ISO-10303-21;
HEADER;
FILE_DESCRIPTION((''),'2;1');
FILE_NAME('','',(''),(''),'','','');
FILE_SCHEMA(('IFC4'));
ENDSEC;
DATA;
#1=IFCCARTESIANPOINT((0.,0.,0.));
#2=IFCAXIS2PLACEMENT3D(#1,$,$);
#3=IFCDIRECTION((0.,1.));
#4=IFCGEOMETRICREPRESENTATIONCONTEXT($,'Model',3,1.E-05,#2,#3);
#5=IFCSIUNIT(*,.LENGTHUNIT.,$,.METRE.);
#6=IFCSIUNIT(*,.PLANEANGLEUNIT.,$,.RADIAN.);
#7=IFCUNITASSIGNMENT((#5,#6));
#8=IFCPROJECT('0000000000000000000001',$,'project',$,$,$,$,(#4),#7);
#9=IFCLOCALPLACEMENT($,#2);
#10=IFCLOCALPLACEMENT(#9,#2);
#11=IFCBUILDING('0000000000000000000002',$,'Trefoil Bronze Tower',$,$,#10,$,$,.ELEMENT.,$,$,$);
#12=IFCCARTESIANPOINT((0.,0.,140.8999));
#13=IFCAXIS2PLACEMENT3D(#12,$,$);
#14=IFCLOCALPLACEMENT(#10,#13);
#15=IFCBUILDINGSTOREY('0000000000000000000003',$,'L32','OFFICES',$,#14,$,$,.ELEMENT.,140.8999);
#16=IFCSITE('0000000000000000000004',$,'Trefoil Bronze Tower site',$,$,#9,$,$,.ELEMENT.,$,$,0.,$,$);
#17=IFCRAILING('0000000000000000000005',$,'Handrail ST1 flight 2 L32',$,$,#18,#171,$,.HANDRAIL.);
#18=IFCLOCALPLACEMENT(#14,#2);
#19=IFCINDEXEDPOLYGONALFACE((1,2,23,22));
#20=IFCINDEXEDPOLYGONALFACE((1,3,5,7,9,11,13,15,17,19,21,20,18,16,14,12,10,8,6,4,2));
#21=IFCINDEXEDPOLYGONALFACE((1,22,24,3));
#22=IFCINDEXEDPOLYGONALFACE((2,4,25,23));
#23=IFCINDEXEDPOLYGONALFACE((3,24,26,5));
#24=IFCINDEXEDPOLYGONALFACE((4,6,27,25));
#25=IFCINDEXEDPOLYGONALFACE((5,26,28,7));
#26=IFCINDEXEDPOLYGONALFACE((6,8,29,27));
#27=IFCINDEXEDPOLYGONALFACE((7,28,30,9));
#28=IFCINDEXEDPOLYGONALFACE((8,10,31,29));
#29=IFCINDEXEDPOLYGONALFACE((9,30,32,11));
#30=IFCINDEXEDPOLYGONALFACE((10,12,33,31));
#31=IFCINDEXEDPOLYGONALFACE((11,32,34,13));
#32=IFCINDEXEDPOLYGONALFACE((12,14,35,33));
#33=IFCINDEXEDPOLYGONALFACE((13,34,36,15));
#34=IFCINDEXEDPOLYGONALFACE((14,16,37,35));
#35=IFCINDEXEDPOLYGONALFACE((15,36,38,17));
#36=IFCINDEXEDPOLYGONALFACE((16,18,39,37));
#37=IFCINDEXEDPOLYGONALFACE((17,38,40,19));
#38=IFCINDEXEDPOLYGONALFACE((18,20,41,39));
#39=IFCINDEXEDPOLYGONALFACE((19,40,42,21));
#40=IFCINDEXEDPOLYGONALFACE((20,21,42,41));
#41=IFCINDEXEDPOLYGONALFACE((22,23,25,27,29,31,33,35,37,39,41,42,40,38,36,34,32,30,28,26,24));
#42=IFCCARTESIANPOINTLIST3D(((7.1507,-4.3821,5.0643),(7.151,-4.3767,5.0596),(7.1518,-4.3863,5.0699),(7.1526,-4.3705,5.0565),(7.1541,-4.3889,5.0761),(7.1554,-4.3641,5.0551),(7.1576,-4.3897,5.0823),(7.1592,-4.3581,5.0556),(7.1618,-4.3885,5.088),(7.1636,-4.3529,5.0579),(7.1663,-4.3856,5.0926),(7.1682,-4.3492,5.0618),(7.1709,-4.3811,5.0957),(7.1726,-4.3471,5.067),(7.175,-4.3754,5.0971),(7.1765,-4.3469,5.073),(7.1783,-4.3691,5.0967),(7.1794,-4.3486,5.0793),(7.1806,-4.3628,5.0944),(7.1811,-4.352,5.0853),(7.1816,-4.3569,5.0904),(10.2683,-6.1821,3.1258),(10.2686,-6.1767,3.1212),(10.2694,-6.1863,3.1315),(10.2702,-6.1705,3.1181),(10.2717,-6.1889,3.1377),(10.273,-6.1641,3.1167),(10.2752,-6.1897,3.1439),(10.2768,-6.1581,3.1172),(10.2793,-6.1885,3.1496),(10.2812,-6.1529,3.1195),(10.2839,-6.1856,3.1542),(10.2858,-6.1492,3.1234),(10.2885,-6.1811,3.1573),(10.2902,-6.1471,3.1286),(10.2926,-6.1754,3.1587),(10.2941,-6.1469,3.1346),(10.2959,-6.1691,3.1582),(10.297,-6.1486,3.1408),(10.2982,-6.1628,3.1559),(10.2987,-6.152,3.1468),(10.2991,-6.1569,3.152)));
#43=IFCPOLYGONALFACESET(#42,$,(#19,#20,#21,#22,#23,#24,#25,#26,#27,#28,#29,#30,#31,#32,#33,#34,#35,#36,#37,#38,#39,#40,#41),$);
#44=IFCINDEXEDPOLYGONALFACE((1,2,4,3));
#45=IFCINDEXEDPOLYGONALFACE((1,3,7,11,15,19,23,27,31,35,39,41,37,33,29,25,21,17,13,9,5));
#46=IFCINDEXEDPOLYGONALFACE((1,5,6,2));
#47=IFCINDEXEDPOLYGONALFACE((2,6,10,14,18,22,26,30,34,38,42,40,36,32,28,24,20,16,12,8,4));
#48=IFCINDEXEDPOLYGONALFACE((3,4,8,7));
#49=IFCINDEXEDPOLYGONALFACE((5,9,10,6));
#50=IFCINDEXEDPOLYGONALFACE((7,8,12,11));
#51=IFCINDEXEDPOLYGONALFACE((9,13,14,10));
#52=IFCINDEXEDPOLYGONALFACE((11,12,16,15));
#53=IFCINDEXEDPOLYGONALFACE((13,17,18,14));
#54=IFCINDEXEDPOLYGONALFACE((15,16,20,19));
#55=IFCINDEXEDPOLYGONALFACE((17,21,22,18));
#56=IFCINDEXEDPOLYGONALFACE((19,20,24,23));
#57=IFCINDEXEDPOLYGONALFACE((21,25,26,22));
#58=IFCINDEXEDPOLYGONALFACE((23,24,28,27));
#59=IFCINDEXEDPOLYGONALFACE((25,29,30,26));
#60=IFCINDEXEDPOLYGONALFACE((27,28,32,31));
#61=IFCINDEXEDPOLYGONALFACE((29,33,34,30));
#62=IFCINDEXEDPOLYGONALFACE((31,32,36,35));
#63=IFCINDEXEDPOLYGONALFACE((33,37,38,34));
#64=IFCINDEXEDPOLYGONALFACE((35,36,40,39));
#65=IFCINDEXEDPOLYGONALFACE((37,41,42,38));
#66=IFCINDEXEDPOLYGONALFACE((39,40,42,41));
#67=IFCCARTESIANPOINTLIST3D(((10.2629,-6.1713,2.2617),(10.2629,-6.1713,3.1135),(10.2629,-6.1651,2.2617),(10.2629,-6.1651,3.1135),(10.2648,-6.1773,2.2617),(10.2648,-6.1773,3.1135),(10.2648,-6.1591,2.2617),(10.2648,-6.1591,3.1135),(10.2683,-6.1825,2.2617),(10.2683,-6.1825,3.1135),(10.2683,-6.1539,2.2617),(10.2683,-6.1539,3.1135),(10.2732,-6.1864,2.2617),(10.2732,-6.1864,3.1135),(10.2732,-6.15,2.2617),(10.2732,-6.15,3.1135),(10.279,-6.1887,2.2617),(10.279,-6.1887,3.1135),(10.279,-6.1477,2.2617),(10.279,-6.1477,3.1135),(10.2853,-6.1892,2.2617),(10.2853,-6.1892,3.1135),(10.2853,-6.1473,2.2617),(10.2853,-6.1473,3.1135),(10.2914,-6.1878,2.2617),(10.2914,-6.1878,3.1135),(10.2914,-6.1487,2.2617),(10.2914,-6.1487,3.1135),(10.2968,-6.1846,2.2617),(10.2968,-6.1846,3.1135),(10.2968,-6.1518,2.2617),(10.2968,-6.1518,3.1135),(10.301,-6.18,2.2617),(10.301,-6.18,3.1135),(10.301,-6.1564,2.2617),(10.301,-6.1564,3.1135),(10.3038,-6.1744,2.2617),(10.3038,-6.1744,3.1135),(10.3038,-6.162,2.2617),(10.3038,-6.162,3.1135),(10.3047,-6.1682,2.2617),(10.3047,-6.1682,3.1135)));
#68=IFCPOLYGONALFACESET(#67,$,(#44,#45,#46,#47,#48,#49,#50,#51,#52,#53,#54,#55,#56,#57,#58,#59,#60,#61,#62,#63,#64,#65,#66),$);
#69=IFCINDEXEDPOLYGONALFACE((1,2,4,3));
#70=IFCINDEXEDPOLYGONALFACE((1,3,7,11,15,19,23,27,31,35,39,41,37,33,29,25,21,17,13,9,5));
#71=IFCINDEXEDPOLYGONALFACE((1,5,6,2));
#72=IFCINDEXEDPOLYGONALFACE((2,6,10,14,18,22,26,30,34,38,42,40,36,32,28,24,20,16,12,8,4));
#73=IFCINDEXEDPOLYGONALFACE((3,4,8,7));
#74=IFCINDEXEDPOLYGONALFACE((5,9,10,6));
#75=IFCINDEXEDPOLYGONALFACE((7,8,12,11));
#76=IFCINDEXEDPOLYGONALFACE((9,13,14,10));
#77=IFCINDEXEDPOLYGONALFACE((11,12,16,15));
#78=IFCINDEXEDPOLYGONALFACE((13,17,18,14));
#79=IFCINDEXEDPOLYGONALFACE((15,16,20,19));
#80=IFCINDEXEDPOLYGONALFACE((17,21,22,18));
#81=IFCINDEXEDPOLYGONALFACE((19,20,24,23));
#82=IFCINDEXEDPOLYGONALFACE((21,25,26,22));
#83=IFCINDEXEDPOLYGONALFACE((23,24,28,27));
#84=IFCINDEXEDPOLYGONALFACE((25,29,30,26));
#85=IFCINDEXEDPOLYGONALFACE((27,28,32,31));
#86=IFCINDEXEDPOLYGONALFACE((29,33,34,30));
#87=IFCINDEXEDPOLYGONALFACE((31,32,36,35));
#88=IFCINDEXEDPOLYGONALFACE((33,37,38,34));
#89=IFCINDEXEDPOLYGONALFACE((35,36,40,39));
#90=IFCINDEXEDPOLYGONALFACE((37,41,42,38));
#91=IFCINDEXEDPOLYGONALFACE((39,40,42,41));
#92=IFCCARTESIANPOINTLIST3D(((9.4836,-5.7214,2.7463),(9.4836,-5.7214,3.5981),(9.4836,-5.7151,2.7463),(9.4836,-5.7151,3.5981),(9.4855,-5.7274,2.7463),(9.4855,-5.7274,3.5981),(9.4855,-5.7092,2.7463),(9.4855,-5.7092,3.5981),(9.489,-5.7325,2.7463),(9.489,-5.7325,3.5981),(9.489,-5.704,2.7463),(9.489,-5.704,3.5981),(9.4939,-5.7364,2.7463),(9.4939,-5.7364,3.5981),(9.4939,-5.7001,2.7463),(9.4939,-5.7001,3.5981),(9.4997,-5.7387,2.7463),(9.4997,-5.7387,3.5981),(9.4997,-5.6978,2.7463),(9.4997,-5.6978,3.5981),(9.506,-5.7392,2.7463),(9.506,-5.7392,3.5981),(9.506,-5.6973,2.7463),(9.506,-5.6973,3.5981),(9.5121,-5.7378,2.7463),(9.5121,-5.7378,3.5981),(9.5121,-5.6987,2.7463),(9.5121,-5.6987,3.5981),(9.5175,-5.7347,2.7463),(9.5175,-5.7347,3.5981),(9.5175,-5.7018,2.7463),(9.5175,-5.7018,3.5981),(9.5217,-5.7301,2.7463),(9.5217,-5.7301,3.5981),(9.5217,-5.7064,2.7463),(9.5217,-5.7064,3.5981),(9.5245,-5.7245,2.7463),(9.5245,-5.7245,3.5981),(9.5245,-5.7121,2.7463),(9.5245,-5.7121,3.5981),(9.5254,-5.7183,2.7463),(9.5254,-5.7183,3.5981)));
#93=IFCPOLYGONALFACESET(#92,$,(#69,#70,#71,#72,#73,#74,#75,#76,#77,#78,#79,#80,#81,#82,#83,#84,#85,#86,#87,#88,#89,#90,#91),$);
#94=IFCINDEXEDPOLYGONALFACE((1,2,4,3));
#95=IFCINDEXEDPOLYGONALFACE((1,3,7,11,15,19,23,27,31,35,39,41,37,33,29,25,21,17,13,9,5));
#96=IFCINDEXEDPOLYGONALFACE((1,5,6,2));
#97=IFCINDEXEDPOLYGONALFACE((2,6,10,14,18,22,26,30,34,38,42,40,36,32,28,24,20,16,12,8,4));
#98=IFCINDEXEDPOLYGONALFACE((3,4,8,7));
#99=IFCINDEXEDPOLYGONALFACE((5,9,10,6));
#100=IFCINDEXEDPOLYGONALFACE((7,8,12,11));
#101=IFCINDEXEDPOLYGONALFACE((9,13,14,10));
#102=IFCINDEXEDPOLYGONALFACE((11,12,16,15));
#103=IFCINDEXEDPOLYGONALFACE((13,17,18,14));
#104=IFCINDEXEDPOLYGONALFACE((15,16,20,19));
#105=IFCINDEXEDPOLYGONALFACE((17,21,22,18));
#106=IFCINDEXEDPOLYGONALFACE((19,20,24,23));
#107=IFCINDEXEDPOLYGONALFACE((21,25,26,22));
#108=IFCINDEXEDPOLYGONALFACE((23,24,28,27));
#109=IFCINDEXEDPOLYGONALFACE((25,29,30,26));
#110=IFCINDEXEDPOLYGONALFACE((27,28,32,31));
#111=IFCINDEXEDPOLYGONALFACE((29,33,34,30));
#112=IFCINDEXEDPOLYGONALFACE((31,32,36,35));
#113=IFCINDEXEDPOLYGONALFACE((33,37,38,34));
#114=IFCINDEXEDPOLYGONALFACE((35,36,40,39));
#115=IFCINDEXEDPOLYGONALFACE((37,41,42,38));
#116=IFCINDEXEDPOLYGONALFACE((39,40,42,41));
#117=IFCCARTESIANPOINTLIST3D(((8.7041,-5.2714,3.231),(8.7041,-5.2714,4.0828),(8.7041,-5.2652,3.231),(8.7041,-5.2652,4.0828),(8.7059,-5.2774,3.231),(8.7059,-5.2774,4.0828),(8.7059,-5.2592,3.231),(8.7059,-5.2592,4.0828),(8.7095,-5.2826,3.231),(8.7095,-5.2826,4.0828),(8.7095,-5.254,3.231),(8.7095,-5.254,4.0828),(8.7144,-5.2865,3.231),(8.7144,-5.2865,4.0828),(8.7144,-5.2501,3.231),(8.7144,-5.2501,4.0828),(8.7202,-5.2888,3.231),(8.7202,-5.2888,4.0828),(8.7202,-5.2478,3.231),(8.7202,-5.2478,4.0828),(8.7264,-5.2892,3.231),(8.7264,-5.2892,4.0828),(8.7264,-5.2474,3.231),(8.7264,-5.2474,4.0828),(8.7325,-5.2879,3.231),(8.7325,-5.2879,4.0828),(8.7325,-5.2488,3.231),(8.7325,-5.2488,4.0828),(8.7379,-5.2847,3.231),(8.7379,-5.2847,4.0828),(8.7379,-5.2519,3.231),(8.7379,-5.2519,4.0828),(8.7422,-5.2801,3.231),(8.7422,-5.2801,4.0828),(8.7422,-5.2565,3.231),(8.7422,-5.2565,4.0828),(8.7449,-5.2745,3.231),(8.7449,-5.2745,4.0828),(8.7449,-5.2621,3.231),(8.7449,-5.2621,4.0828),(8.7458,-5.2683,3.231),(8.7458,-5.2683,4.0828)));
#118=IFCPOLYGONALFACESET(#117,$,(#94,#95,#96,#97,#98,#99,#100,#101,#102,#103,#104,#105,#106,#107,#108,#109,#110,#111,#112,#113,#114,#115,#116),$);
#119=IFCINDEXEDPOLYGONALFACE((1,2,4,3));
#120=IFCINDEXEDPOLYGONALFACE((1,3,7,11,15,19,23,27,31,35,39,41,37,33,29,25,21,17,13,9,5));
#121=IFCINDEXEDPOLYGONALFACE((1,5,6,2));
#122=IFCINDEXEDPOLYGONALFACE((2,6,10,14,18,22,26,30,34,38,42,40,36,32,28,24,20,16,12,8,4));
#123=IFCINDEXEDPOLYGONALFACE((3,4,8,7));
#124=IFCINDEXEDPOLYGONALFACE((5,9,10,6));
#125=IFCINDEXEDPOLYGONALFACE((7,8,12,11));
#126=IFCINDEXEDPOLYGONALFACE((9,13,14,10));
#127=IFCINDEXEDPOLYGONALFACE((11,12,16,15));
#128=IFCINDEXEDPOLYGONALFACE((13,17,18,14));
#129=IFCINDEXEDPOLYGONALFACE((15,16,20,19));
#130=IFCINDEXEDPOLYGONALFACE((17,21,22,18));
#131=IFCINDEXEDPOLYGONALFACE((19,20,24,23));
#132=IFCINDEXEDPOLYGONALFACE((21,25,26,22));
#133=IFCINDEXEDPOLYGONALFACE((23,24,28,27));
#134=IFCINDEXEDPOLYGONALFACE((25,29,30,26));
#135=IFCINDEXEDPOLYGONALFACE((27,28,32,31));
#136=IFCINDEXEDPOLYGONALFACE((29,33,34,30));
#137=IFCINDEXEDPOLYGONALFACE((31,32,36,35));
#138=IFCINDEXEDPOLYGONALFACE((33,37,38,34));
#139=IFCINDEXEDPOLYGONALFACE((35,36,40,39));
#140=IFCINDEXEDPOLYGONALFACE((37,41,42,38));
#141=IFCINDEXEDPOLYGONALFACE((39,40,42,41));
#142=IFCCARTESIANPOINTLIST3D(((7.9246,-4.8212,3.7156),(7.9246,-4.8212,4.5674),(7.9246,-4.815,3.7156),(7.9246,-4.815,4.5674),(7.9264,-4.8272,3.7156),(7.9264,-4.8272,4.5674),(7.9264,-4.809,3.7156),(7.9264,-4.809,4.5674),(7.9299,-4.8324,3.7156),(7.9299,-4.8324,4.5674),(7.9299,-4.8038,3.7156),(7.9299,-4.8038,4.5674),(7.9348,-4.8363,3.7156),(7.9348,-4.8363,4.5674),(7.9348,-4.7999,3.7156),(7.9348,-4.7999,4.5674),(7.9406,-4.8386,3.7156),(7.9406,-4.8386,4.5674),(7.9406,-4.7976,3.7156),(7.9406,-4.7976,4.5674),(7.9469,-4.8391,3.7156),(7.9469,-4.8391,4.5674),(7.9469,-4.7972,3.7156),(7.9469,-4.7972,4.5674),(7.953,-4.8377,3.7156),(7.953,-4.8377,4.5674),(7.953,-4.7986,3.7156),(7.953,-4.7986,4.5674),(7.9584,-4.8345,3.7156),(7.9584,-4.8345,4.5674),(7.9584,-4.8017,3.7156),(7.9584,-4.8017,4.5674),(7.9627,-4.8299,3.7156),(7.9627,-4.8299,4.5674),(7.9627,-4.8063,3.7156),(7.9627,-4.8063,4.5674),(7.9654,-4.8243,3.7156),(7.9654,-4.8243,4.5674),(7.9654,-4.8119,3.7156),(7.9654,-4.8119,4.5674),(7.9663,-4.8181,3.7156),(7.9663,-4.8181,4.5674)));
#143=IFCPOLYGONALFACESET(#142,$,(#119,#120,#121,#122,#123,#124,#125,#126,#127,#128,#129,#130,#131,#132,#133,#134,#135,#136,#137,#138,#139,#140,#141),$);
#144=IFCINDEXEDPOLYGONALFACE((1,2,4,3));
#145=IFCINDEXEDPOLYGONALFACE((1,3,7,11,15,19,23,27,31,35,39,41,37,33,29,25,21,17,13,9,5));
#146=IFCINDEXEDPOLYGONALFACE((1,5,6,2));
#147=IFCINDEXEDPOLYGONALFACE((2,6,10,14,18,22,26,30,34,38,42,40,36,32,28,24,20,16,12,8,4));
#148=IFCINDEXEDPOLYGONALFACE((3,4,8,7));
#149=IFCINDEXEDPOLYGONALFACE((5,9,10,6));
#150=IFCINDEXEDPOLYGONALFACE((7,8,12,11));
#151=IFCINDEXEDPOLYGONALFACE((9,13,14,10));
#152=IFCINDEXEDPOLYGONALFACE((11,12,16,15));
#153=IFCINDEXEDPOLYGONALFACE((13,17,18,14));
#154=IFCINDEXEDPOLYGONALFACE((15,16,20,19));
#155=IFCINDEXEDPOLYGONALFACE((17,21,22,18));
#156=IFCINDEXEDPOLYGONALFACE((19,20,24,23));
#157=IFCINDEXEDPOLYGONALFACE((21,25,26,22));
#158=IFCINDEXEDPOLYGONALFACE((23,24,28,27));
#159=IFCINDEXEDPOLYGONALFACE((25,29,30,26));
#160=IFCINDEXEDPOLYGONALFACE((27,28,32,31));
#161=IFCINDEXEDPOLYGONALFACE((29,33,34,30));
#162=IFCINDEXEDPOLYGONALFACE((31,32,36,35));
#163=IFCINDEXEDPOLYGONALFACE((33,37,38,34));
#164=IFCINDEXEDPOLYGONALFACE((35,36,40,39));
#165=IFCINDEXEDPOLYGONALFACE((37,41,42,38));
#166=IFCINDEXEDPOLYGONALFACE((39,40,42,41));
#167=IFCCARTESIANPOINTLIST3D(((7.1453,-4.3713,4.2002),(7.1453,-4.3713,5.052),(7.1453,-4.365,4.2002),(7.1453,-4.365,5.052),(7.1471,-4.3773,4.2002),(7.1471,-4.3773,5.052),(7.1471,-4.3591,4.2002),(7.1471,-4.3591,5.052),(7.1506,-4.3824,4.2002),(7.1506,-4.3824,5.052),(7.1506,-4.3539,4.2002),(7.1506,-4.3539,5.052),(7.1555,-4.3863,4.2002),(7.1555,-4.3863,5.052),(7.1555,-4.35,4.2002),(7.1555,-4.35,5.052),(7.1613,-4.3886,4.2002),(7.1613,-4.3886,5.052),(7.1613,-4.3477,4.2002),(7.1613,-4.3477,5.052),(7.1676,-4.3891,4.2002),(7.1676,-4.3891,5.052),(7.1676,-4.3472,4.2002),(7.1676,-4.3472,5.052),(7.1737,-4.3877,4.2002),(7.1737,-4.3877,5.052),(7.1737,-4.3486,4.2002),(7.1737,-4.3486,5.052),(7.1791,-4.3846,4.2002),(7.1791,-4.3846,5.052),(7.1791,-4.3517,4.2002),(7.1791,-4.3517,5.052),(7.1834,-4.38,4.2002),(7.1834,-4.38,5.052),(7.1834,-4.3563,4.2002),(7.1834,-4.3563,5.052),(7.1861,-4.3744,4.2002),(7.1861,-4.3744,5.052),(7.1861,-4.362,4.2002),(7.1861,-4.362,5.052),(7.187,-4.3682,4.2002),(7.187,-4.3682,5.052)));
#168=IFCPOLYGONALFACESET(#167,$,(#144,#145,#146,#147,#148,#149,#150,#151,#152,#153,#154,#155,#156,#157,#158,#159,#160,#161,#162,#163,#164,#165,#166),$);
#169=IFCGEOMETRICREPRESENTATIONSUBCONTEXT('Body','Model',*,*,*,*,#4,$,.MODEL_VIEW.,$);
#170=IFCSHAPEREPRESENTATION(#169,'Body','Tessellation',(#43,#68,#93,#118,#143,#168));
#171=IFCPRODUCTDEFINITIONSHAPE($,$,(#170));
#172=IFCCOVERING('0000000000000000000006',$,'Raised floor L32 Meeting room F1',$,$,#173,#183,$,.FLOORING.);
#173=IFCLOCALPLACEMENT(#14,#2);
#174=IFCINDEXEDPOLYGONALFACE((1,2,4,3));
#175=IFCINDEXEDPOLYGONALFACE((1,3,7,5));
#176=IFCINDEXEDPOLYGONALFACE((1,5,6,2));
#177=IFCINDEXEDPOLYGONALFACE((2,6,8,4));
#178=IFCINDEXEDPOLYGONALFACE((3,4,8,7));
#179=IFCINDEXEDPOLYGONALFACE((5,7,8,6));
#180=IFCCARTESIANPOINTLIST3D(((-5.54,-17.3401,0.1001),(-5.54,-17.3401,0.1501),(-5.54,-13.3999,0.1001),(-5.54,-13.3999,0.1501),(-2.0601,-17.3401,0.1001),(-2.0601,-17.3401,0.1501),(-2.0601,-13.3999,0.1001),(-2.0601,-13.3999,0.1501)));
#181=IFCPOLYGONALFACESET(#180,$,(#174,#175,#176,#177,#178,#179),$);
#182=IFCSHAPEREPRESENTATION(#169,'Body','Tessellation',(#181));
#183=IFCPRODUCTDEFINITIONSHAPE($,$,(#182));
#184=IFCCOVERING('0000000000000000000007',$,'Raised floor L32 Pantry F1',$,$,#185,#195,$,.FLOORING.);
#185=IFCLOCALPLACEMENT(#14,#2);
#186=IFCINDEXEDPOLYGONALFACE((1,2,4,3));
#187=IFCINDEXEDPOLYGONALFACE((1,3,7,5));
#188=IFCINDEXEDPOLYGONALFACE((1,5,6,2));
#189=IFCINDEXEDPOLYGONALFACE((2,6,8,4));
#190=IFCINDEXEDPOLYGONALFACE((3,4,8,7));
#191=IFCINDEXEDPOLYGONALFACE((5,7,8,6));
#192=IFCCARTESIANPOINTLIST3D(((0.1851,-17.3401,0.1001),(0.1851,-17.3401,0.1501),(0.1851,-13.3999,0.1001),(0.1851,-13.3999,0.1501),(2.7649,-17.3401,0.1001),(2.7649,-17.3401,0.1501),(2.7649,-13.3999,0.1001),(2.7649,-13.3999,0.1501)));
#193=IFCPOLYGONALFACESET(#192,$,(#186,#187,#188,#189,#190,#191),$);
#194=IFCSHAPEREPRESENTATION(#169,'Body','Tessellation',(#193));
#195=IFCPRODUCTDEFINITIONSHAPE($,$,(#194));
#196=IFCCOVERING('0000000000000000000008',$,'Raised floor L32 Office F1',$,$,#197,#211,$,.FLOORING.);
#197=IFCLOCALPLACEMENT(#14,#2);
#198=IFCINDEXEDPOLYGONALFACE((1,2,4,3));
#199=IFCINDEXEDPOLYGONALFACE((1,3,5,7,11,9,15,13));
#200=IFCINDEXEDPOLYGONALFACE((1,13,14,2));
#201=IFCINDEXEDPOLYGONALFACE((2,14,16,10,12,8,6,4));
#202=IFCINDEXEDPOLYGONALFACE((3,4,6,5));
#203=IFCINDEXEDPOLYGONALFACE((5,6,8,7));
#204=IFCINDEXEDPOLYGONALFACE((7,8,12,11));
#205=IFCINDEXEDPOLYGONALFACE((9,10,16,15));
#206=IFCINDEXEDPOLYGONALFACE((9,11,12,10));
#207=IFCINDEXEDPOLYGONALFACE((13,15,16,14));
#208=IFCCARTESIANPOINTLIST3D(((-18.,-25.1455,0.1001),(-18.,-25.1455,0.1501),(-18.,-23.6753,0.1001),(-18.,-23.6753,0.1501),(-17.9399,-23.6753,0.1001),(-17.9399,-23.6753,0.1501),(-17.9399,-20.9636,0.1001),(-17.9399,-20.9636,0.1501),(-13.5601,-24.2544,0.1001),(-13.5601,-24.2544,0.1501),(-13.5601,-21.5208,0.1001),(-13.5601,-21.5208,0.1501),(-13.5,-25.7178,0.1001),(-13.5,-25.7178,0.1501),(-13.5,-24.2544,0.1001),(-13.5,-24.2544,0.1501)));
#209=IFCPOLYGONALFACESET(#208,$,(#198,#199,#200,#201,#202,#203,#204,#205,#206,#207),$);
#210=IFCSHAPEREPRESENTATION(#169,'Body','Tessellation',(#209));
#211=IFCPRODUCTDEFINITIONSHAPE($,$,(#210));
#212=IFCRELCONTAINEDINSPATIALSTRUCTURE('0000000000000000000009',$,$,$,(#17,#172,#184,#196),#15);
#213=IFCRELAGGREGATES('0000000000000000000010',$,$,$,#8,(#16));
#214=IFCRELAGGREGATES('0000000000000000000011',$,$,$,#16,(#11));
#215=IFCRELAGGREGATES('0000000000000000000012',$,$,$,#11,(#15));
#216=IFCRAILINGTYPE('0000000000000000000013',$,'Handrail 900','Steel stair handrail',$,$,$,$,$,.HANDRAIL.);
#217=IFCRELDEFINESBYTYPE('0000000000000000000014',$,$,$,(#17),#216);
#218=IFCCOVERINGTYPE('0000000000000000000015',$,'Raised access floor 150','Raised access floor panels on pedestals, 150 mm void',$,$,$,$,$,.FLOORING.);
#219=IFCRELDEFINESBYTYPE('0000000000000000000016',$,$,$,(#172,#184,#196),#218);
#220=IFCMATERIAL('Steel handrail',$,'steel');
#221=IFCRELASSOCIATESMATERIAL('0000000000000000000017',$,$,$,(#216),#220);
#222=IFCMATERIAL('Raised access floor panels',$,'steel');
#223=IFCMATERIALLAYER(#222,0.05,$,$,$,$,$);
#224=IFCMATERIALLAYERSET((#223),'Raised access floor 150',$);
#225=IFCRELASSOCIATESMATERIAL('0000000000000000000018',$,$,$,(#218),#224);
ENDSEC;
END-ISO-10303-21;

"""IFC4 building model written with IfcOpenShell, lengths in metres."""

from ifc_helpers import new_model, si_unit, direction, frame, origin, origin_2d, place, context, subcontext, project, spatial, polyline, circle, outline, extrude, material, layer, layer_set, type_object, element, save


model = new_model("IFC4")

# Units and contexts
model_context = context("Model", 3, precision=1e-05, world=origin(), true_north=direction((0.0, 1.0)))
body_context = subcontext(model_context, "Body", "Model", "MODEL_VIEW")
ifc_project = project(units=[si_unit("LENGTHUNIT", "METRE"), si_unit("PLANEANGLEUNIT", "RADIAN")], contexts=[model_context])

# Site, building, storey
site_placement = place(None, origin())
site = spatial("IfcSite", under=ifc_project, at=site_placement, Name="Trefoil Bronze Tower site", CompositionType="ELEMENT", RefElevation=0.0)
building_placement = place(site_placement, origin())
building = spatial("IfcBuilding", under=site, at=building_placement, Name="Trefoil Bronze Tower", CompositionType="ELEMENT")
storey_placement = place(building_placement, frame((0.0, 0.0, 140.8999)))
storey = spatial("IfcBuildingStorey", under=building, at=storey_placement, Name="L32", Description="OFFICES", CompositionType="ELEMENT", Elevation=140.8999)

# Railing
ifc_material_1 = material(Name="Steel handrail", Category="steel")
railing_type = type_object("IfcRailingType", Name="Handrail 900", Description="Steel stair handrail", PredefinedType="HANDRAIL", material=ifc_material_1)
railing_1_placement = place(storey_placement, frame((10.2837, -6.1682, 2.2617)))
element("IfcRailing", 1, at=railing_1_placement, inside=storey, type_object=railing_type, Name="Handrail ST1 flight 2 L32", PredefinedType="HANDRAIL", context=body_context, shape_type="SweptSolid", body=[
    extrude(circle(Radius=0.0239, at=origin_2d()), frame((0.0, 0.0, 0.876), z_axis=(-0.762503, 0.440246, 0.474102), x_axis=(-0.500012, -0.866018, 0.0)), (0.0, 0.0, 1.0), 4.0886),
    extrude(circle(Radius=0.021, at=origin_2d()), origin(), (0.0, 0.0, 1.0), 0.8518),
    extrude(circle(Radius=0.021, at=origin_2d()), frame((-0.7793, 0.45, 0.4846)), (0.0, 0.0, 1.0), 0.8518),
    extrude(circle(Radius=0.021, at=origin_2d()), frame((-1.5588, 0.8999, 0.9692)), (0.0, 0.0, 1.0), 0.8518),
    extrude(circle(Radius=0.021, at=origin_2d()), frame((-2.3384, 1.3501, 1.4539)), (0.0, 0.0, 1.0), 0.8518),
    extrude(circle(Radius=0.021, at=origin_2d()), frame((-3.1177, 1.8, 1.9385)), (0.0, 0.0, 1.0), 0.8518),
])

# Coverings
ifc_material_2 = material(Name="Raised access floor panels", Category="steel")
ifc_layer_1 = layer(ifc_material_2, 0.05)
ifc_layer_set_1 = layer_set([ifc_layer_1], Name="Raised access floor 150")
covering_type_1 = type_object("IfcCoveringType", Name="Raised access floor 150", Description="Raised access floor panels on pedestals, 150 mm void", PredefinedType="FLOORING", material=ifc_layer_set_1)
covering_1_placement = place(storey_placement, frame((0.0, 0.0, 0.1001)))
element("IfcCovering", 2, at=covering_1_placement, inside=storey, type_object=covering_type_1, Name="Raised floor L32 Meeting room F1", PredefinedType="FLOORING", context=body_context, shape_type="SweptSolid", body=[
    extrude(outline(polyline([(-2.0601, -13.3999), (-2.0601, -17.3401), (-5.54, -17.3401), (-5.54, -13.3999), (-2.0601, -13.3999)])), origin(), (0.0, 0.0, 1.0), 0.05),
])
covering_2_placement = place(storey_placement, frame((0.0, 0.0, 0.1001)))
element("IfcCovering", 3, at=covering_2_placement, inside=storey, type_object=covering_type_1, Name="Raised floor L32 Pantry F1", PredefinedType="FLOORING", context=body_context, shape_type="SweptSolid", body=[
    extrude(outline(polyline([(2.7649, -13.3999), (2.7649, -17.3401), (0.1851, -17.3401), (0.1851, -13.3999), (2.7649, -13.3999)])), origin(), (0.0, 0.0, 1.0), 0.05),
])
covering_3_placement = place(storey_placement, frame((0.0, 0.0, 0.1001)))
element("IfcCovering", 4, at=covering_3_placement, inside=storey, type_object=covering_type_1, Name="Raised floor L32 Office F1", PredefinedType="FLOORING", context=body_context, shape_type="SweptSolid", body=[
    extrude(outline(polyline([(-13.5, -25.7178), (-18.0, -25.1455), (-18.0, -23.6753), (-17.9399, -23.6753), (-17.9399, -20.9636), (-13.5601, -21.5208), (-13.5601, -24.2544), (-13.5, -24.2544), (-13.5, -25.7178)])), origin(), (0.0, 0.0, 1.0), 0.05),
])

save(model, "model.ifc")
